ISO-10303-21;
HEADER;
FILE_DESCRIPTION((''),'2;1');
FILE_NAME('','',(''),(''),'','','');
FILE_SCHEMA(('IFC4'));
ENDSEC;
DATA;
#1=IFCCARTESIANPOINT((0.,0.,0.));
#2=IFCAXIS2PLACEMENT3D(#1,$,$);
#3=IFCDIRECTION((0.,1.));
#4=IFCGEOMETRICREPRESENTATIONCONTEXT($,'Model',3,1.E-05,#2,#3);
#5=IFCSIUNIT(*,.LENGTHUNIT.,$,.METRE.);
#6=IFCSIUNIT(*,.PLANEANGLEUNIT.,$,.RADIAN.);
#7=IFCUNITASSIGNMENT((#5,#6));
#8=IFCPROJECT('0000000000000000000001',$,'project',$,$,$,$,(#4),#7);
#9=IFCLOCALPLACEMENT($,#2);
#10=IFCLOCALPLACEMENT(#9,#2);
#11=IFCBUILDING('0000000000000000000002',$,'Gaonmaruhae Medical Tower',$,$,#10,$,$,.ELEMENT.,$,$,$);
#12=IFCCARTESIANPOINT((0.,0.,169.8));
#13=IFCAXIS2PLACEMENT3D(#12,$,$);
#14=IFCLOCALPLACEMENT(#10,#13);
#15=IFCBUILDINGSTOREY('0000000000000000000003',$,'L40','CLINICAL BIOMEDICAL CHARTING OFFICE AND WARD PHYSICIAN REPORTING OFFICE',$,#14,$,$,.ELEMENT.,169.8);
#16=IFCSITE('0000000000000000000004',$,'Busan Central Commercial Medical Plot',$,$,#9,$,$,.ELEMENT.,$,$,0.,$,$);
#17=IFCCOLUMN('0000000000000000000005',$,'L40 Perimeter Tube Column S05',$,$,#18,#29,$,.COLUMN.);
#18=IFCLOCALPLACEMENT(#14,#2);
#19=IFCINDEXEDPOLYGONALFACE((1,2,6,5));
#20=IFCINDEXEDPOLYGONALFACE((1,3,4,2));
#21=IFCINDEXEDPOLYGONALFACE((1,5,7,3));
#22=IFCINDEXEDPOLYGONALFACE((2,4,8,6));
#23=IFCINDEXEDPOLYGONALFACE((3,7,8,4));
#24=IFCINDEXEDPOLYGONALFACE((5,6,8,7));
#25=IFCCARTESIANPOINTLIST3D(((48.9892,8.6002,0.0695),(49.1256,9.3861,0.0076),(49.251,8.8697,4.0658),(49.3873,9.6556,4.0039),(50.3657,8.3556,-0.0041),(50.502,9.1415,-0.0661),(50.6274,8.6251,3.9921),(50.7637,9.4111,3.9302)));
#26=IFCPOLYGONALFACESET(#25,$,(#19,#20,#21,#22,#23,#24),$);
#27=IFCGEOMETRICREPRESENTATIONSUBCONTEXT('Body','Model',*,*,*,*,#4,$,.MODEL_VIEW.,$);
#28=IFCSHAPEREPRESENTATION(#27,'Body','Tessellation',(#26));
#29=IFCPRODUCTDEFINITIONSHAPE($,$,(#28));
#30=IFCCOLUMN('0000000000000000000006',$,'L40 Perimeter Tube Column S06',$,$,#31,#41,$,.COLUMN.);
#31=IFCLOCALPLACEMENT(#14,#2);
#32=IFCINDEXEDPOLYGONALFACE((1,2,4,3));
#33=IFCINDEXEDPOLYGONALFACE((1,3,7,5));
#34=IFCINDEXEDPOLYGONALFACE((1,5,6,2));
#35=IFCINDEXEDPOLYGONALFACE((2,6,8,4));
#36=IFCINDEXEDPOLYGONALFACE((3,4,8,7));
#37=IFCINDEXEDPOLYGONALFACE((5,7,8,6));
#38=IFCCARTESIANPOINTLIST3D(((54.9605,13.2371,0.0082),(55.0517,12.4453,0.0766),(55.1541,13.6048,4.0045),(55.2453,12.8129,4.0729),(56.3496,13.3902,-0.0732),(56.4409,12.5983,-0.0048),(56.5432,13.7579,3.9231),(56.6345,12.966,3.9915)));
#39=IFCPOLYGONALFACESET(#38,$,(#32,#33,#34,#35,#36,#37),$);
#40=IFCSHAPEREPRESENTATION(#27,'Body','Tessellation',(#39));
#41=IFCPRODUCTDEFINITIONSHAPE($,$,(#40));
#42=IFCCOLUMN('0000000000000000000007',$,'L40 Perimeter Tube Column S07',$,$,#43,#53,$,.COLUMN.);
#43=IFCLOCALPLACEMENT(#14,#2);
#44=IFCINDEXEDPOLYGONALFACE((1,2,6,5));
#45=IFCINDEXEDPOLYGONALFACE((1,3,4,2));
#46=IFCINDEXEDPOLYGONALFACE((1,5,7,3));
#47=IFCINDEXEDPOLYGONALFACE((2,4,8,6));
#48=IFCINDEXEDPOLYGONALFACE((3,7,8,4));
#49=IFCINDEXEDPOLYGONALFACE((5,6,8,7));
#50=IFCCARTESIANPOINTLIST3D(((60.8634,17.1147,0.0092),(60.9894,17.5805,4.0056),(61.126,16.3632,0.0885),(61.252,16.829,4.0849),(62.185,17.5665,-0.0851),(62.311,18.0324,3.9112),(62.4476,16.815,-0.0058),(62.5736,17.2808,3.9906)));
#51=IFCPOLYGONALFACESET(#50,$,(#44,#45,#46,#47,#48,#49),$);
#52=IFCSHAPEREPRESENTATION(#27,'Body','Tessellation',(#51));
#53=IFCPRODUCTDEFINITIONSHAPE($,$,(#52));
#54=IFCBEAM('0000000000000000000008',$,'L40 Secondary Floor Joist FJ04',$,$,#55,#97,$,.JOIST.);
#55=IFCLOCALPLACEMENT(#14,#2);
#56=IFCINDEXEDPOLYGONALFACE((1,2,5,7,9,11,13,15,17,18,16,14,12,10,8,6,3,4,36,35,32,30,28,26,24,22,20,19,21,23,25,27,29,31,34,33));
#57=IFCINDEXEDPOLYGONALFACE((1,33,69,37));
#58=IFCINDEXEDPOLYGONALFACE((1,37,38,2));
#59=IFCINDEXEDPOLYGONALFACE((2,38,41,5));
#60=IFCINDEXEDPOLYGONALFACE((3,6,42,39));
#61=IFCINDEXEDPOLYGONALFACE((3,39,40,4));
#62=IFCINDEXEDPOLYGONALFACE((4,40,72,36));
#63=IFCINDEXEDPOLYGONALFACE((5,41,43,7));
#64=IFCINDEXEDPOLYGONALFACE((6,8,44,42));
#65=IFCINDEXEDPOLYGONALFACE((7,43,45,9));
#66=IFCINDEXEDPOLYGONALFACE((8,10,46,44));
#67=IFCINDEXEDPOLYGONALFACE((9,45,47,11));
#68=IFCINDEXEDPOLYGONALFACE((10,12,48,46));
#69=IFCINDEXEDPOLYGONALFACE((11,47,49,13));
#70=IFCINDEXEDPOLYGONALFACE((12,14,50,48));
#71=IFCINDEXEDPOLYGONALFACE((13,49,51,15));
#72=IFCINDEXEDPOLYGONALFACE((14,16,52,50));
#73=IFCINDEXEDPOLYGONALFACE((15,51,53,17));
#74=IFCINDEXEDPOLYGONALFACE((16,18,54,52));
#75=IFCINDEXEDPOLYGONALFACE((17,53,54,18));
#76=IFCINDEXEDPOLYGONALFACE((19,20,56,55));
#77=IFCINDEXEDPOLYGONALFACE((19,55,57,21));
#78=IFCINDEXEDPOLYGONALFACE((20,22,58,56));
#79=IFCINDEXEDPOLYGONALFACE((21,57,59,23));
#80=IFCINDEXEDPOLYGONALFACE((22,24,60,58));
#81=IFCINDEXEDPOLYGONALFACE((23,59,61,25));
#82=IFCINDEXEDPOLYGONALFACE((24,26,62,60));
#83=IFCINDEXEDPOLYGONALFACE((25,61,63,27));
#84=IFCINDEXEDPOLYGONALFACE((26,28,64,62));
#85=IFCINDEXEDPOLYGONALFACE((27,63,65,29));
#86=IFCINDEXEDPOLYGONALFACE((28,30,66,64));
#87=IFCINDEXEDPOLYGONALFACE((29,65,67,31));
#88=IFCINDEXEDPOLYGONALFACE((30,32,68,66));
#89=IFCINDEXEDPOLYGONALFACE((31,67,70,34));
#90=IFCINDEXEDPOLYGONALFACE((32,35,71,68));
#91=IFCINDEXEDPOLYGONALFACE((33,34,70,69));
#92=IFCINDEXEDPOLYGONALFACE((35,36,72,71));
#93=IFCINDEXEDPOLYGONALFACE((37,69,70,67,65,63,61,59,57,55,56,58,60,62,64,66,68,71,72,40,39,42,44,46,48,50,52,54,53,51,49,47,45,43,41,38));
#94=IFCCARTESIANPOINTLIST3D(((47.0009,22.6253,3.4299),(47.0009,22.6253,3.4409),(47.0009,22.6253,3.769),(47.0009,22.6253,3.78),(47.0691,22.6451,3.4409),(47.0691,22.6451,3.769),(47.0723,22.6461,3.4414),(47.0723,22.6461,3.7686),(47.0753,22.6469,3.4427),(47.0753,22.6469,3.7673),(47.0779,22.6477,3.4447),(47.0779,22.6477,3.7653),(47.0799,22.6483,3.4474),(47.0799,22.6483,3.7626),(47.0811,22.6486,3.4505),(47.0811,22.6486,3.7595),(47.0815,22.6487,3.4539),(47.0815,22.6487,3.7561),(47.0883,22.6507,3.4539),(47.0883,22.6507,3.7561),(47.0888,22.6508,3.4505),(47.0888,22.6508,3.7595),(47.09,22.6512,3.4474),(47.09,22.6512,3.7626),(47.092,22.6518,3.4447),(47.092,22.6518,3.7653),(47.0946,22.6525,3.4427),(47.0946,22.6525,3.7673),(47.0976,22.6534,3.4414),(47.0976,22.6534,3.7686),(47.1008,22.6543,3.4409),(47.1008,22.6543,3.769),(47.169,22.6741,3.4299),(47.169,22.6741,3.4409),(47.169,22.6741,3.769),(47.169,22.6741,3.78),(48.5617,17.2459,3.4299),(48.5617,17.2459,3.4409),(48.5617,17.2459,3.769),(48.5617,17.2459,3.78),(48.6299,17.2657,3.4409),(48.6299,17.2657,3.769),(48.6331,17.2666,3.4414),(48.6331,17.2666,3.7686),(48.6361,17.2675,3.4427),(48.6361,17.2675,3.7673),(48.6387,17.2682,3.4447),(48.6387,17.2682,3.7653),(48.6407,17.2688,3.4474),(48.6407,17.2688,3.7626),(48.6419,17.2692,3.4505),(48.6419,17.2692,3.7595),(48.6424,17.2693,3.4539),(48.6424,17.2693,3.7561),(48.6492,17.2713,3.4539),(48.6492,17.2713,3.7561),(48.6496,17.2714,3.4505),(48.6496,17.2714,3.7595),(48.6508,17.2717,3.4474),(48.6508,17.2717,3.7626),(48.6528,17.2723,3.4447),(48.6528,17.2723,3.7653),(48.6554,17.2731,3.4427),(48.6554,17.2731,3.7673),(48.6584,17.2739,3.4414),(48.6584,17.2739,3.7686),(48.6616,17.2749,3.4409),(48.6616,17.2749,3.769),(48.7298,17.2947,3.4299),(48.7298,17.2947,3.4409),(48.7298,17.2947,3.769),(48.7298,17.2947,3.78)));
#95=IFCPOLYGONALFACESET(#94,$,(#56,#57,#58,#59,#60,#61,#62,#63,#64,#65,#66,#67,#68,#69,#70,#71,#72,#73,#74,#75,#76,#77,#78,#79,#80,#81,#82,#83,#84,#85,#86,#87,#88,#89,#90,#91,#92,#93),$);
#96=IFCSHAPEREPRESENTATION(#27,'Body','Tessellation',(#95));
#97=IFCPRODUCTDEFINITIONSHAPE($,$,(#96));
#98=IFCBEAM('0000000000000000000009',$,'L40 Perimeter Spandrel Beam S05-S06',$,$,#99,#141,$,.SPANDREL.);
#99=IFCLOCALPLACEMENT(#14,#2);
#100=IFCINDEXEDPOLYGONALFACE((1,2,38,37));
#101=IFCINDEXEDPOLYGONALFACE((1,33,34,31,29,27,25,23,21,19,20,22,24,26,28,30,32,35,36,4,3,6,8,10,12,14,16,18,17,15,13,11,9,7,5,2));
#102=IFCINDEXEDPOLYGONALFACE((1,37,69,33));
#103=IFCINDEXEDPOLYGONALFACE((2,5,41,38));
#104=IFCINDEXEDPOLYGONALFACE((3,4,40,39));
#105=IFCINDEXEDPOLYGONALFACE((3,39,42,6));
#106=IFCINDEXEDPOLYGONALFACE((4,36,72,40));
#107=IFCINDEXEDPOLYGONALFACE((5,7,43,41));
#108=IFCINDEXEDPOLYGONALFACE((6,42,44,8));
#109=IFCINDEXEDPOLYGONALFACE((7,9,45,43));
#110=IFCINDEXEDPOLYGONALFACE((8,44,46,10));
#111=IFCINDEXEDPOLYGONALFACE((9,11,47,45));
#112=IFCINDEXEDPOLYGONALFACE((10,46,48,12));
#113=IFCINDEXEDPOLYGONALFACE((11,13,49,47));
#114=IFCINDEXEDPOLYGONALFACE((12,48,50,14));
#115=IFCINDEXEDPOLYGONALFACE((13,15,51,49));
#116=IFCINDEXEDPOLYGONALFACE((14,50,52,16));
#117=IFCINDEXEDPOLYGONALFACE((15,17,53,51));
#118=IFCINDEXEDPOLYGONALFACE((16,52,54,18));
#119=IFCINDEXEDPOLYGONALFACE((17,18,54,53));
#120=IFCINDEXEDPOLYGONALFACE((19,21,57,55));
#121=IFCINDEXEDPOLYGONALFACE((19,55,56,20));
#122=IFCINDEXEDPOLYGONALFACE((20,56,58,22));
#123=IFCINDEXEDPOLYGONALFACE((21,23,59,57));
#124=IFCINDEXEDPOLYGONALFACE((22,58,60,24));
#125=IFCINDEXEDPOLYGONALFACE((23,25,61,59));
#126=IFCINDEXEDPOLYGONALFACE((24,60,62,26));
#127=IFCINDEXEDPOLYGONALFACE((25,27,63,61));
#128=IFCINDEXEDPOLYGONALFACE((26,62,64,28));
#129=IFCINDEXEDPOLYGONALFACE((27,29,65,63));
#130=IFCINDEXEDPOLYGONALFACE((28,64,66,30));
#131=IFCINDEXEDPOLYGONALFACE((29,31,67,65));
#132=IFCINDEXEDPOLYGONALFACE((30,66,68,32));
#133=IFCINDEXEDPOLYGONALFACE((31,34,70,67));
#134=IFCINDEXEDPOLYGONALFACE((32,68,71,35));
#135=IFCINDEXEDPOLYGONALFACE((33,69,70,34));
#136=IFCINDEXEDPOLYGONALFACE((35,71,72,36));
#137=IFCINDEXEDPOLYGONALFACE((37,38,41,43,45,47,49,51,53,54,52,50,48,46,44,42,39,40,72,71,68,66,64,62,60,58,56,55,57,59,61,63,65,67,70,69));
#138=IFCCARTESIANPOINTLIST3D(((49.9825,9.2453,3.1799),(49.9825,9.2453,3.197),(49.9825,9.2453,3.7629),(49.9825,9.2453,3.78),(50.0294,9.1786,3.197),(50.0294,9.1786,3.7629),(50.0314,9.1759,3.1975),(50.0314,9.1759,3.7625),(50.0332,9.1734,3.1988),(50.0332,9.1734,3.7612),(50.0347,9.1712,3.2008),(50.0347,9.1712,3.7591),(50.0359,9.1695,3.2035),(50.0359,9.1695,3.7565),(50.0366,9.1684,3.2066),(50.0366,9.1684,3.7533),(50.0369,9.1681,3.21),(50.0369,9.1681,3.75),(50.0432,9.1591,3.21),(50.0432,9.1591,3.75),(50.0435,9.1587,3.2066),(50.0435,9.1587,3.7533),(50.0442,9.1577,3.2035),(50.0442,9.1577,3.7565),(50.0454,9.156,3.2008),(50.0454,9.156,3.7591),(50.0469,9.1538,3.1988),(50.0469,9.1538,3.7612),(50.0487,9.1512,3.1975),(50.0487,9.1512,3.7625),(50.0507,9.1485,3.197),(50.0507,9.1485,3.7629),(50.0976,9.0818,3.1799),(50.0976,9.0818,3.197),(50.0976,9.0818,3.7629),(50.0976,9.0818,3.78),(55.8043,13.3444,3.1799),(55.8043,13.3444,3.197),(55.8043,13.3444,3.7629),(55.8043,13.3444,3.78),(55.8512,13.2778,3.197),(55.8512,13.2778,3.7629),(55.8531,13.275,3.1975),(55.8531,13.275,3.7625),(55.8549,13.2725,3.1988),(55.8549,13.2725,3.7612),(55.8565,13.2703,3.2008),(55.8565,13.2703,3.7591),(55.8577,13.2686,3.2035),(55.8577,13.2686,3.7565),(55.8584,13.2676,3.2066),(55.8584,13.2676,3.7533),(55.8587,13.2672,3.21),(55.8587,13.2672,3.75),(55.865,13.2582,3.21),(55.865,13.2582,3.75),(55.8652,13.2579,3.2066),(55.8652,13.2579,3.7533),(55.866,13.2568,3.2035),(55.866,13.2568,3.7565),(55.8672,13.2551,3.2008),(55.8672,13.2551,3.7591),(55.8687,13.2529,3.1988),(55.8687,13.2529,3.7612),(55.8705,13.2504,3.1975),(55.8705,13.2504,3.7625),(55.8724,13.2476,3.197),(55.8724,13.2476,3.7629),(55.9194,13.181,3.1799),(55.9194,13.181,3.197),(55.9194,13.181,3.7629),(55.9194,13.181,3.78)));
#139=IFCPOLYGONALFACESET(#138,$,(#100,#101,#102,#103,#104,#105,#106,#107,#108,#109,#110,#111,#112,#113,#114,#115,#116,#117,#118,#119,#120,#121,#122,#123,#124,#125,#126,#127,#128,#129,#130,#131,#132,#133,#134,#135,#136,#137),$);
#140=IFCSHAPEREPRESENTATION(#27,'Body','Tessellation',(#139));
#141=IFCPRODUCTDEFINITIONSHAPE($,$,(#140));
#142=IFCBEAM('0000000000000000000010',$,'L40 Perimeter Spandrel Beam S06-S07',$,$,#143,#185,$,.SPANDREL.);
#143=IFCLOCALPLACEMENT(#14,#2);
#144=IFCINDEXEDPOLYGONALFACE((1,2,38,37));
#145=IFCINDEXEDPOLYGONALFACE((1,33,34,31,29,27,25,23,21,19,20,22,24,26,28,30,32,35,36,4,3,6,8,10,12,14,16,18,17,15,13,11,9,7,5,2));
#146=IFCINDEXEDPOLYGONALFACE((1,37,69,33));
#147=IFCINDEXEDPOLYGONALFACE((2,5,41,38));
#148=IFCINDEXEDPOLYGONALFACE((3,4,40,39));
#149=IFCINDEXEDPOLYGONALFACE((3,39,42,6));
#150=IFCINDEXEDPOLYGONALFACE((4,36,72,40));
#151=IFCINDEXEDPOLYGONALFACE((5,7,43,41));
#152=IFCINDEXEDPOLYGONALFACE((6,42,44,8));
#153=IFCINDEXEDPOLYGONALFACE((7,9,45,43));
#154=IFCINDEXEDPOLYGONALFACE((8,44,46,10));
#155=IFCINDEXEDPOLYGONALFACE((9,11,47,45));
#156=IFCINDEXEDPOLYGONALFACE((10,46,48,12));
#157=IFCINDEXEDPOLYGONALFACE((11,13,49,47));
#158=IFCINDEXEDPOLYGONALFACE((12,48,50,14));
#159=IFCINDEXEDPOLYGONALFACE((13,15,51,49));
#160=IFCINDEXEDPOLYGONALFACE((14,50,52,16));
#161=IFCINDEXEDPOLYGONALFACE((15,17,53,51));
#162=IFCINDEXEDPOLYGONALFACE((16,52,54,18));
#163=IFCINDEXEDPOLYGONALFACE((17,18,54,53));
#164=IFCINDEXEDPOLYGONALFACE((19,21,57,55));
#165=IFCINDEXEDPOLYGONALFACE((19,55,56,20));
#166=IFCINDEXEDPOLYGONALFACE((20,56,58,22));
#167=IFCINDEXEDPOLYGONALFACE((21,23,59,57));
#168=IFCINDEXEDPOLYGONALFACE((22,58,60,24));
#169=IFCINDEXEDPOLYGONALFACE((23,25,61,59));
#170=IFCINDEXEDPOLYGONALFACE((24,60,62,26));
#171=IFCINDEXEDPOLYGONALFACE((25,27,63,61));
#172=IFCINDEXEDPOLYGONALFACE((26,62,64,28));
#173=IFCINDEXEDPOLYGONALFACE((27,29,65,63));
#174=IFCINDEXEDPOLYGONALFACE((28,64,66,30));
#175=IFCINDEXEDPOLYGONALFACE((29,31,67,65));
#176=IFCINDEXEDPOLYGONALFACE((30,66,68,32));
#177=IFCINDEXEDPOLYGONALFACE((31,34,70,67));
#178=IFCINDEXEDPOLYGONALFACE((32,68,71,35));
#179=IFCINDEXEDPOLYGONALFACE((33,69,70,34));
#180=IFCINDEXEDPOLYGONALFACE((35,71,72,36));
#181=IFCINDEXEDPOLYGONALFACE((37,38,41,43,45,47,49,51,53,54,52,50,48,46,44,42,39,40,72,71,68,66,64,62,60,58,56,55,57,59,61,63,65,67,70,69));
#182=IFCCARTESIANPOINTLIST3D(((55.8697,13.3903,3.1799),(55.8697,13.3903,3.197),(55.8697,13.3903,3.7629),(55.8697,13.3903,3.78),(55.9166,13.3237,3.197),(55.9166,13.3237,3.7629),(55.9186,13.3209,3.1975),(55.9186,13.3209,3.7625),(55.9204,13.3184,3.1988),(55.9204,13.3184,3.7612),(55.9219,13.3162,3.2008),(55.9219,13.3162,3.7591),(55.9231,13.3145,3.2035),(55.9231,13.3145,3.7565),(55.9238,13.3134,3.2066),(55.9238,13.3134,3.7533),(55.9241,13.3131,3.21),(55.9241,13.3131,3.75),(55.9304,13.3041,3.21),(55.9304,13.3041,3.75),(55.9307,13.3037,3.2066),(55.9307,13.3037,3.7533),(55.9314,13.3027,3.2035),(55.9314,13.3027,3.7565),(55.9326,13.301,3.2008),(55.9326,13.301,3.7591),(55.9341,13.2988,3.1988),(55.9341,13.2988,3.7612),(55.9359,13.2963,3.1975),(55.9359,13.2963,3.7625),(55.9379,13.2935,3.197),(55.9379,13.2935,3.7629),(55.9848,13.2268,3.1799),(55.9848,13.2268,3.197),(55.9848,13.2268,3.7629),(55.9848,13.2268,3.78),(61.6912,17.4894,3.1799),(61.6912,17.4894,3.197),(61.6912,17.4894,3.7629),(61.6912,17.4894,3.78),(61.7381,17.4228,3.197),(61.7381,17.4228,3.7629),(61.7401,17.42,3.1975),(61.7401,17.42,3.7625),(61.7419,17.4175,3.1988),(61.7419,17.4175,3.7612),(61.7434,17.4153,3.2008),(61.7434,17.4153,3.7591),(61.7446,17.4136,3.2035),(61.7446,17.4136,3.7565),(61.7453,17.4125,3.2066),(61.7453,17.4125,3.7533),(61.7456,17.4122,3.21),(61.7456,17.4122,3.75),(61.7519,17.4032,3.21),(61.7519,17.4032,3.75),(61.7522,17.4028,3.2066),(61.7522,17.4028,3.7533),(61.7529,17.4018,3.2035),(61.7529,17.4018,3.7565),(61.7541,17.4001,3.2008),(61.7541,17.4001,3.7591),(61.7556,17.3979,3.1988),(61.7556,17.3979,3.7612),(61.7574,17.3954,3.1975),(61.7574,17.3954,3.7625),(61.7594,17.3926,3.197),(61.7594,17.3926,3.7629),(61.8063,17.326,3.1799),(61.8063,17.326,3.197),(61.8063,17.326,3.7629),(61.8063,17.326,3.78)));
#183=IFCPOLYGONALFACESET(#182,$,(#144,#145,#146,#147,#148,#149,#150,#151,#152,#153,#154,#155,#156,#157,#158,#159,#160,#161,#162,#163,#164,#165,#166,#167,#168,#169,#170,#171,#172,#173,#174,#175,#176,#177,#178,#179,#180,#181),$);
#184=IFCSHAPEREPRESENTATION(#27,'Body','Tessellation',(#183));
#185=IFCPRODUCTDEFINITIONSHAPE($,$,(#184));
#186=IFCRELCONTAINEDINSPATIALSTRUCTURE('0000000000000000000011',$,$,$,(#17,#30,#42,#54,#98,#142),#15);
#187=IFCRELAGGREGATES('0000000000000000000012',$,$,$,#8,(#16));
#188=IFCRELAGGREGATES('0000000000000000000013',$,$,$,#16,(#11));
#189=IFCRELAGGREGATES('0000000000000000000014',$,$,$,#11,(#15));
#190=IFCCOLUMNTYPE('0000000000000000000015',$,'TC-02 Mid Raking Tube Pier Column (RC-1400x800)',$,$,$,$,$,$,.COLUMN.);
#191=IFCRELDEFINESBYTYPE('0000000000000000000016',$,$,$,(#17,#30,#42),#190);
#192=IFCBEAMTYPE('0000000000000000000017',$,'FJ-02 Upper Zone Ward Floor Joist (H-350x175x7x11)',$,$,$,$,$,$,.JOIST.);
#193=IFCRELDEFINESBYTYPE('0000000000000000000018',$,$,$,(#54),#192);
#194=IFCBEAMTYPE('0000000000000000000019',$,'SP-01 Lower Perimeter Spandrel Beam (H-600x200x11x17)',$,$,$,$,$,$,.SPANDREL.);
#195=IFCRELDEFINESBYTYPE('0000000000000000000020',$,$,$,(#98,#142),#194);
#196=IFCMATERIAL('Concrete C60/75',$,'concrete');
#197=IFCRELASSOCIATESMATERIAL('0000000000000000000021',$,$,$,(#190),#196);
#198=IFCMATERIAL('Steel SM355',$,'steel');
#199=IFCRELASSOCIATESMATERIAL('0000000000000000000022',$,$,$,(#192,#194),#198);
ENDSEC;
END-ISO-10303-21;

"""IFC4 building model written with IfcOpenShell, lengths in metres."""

from ifc_helpers import new_model, si_unit, direction, frame, origin, origin_2d, place, context, subcontext, project, spatial, rectangle, i_section, extrude, material, material_profile, profile_set, type_object, element, save


model = new_model("IFC4")

# Units and contexts
model_context = context("Model", 3, precision=1e-05, world=origin(), true_north=direction((0.0, 1.0)))
body_context = subcontext(model_context, "Body", "Model", "MODEL_VIEW")
ifc_project = project(units=[si_unit("LENGTHUNIT", "METRE"), si_unit("PLANEANGLEUNIT", "RADIAN")], contexts=[model_context])

# Site, building, storey
site_placement = place(None, origin())
site = spatial("IfcSite", under=ifc_project, at=site_placement, Name="Busan Central Commercial Medical Plot", CompositionType="ELEMENT", RefElevation=0.0)
building_placement = place(site_placement, origin())
building = spatial("IfcBuilding", under=site, at=building_placement, Name="Gaonmaruhae Medical Tower", CompositionType="ELEMENT")
storey_placement = place(building_placement, frame((0.0, 0.0, 169.8)))
storey = spatial("IfcBuildingStorey", under=building, at=storey_placement, Name="L40", Description="CLINICAL BIOMEDICAL CHARTING OFFICE AND WARD PHYSICIAN REPORTING OFFICE", CompositionType="ELEMENT", Elevation=169.8)

# Columns
ifc_material_1 = material(Name="Concrete C60/75", Category="concrete")
ifc_material_profile_1 = material_profile(ifc_material_1, rectangle(XDim=1.3999, YDim=0.8, at=origin_2d()), Name="RC-1400x800")
ifc_profile_set_1 = profile_set([ifc_material_profile_1], Name="Concrete C60/75")
column_type = type_object("IfcColumnType", Name="TC-02 Mid Raking Tube Pier Column (RC-1400x800)", PredefinedType="COLUMN", material=ifc_profile_set_1)
column_1_placement = place(storey_placement, frame((49.7456, 8.8708, 0.0017), z_axis=(0.065202, 0.067148, 0.99561), x_axis=(-0.983217, 0.174687, 0.052609)))
element("IfcColumn", 1, at=column_1_placement, inside=storey, type_object=column_type, Name="L40 Perimeter Tube Column S05", PredefinedType="COLUMN", context=body_context, shape_type="SweptSolid", body=[
    extrude(rectangle(XDim=1.3999, YDim=0.8, at=origin_2d()), origin(), (0.0, 0.0, 1.0), 4.0139),
])
column_2_placement = place(storey_placement, frame((55.7007, 12.9177, 0.0017), z_axis=(0.048185, 0.09151, 0.994638), x_axis=(-0.992304, -0.109331, 0.058131)))
element("IfcColumn", 2, at=column_2_placement, inside=storey, type_object=column_type, Name="L40 Perimeter Tube Column S06", PredefinedType="COLUMN", context=body_context, shape_type="SweptSolid", body=[
    extrude(rectangle(XDim=1.3999, YDim=0.8, at=origin_2d()), origin(), (0.0, 0.0, 1.0), 4.0178),
])
column_3_placement = place(storey_placement, frame((61.6555, 16.9648, 0.0017), z_axis=(0.031296, 0.115721, 0.992789), x_axis=(-0.94408, -0.322759, 0.067382)))
element("IfcColumn", 3, at=column_3_placement, inside=storey, type_object=column_type, Name="L40 Perimeter Tube Column S07", PredefinedType="COLUMN", context=body_context, shape_type="SweptSolid", body=[
    extrude(rectangle(XDim=1.3999, YDim=0.8, at=origin_2d()), origin(), (0.0, 0.0, 1.0), 4.0254),
])

# Beams
ifc_material_2 = material(Name="Steel SM355", Category="steel")
ifc_material_profile_2 = material_profile(ifc_material_2, i_section(OverallWidth=0.175, OverallDepth=0.3501, WebThickness=0.0071, FlangeThickness=0.011, FilletRadius=0.0129, at=origin_2d()), Name="H-350x175x7x11")
ifc_profile_set_2 = profile_set([ifc_material_profile_2], Name="Steel SM355")
beam_type_1 = type_object("IfcBeamType", Name="FJ-02 Upper Zone Ward Floor Joist (H-350x175x7x11)", PredefinedType="JOIST", material=ifc_profile_set_2)
beam_1_placement = place(storey_placement, frame((48.6458, 17.2703, 3.605), z_axis=(-0.278651, 0.960393, 0.0), x_axis=(-0.960393, -0.278651, 0.0)))
element("IfcBeam", 4, at=beam_1_placement, inside=storey, type_object=beam_type_1, Name="L40 Secondary Floor Joist FJ04", PredefinedType="JOIST", context=body_context, shape_type="SweptSolid", body=[
    extrude(i_section(OverallWidth=0.175, OverallDepth=0.3501, WebThickness=0.0071, FlangeThickness=0.011, FilletRadius=0.0129, at=origin_2d()), origin(), (0.0, 0.0, 1.0), 5.6013),
])
ifc_material_profile_3 = material_profile(ifc_material_2, i_section(OverallWidth=0.2, OverallDepth=0.6001, WebThickness=0.011, FlangeThickness=0.0171, FilletRadius=0.0129, at=origin_2d()), Name="H-600x200x11x17")
ifc_profile_set_3 = profile_set([ifc_material_profile_3], Name="Steel SM355")
beam_type_2 = type_object("IfcBeamType", Name="SP-01 Lower Perimeter Spandrel Beam (H-600x200x11x17)", PredefinedType="SPANDREL", material=ifc_profile_set_3)
beam_2_placement = place(storey_placement, frame((50.04, 9.1636, 3.48), z_axis=(0.817653, 0.575711, 0.0), x_axis=(-0.575711, 0.817653, 0.0)))
element("IfcBeam", 5, at=beam_2_placement, inside=storey, type_object=beam_type_2, Name="L40 Perimeter Spandrel Beam S05-S06", PredefinedType="SPANDREL", context=body_context, shape_type="SweptSolid", body=[
    extrude(i_section(OverallWidth=0.2, OverallDepth=0.6001, WebThickness=0.011, FlangeThickness=0.0171, FilletRadius=0.0129, at=origin_2d()), origin(), (0.0, 0.0, 1.0), 7.1201),
])
beam_3_placement = place(storey_placement, frame((55.9272, 13.3086, 3.48), z_axis=(0.817642, 0.575727, 0.0), x_axis=(-0.575727, 0.817642, 0.0)))
element("IfcBeam", 6, at=beam_3_placement, inside=storey, type_object=beam_type_2, Name="L40 Perimeter Spandrel Beam S06-S07", PredefinedType="SPANDREL", context=body_context, shape_type="SweptSolid", body=[
    extrude(i_section(OverallWidth=0.2, OverallDepth=0.6001, WebThickness=0.011, FlangeThickness=0.0171, FilletRadius=0.0129, at=origin_2d()), origin(), (0.0, 0.0, 1.0), 7.1199),
])

save(model, "model.ifc")
